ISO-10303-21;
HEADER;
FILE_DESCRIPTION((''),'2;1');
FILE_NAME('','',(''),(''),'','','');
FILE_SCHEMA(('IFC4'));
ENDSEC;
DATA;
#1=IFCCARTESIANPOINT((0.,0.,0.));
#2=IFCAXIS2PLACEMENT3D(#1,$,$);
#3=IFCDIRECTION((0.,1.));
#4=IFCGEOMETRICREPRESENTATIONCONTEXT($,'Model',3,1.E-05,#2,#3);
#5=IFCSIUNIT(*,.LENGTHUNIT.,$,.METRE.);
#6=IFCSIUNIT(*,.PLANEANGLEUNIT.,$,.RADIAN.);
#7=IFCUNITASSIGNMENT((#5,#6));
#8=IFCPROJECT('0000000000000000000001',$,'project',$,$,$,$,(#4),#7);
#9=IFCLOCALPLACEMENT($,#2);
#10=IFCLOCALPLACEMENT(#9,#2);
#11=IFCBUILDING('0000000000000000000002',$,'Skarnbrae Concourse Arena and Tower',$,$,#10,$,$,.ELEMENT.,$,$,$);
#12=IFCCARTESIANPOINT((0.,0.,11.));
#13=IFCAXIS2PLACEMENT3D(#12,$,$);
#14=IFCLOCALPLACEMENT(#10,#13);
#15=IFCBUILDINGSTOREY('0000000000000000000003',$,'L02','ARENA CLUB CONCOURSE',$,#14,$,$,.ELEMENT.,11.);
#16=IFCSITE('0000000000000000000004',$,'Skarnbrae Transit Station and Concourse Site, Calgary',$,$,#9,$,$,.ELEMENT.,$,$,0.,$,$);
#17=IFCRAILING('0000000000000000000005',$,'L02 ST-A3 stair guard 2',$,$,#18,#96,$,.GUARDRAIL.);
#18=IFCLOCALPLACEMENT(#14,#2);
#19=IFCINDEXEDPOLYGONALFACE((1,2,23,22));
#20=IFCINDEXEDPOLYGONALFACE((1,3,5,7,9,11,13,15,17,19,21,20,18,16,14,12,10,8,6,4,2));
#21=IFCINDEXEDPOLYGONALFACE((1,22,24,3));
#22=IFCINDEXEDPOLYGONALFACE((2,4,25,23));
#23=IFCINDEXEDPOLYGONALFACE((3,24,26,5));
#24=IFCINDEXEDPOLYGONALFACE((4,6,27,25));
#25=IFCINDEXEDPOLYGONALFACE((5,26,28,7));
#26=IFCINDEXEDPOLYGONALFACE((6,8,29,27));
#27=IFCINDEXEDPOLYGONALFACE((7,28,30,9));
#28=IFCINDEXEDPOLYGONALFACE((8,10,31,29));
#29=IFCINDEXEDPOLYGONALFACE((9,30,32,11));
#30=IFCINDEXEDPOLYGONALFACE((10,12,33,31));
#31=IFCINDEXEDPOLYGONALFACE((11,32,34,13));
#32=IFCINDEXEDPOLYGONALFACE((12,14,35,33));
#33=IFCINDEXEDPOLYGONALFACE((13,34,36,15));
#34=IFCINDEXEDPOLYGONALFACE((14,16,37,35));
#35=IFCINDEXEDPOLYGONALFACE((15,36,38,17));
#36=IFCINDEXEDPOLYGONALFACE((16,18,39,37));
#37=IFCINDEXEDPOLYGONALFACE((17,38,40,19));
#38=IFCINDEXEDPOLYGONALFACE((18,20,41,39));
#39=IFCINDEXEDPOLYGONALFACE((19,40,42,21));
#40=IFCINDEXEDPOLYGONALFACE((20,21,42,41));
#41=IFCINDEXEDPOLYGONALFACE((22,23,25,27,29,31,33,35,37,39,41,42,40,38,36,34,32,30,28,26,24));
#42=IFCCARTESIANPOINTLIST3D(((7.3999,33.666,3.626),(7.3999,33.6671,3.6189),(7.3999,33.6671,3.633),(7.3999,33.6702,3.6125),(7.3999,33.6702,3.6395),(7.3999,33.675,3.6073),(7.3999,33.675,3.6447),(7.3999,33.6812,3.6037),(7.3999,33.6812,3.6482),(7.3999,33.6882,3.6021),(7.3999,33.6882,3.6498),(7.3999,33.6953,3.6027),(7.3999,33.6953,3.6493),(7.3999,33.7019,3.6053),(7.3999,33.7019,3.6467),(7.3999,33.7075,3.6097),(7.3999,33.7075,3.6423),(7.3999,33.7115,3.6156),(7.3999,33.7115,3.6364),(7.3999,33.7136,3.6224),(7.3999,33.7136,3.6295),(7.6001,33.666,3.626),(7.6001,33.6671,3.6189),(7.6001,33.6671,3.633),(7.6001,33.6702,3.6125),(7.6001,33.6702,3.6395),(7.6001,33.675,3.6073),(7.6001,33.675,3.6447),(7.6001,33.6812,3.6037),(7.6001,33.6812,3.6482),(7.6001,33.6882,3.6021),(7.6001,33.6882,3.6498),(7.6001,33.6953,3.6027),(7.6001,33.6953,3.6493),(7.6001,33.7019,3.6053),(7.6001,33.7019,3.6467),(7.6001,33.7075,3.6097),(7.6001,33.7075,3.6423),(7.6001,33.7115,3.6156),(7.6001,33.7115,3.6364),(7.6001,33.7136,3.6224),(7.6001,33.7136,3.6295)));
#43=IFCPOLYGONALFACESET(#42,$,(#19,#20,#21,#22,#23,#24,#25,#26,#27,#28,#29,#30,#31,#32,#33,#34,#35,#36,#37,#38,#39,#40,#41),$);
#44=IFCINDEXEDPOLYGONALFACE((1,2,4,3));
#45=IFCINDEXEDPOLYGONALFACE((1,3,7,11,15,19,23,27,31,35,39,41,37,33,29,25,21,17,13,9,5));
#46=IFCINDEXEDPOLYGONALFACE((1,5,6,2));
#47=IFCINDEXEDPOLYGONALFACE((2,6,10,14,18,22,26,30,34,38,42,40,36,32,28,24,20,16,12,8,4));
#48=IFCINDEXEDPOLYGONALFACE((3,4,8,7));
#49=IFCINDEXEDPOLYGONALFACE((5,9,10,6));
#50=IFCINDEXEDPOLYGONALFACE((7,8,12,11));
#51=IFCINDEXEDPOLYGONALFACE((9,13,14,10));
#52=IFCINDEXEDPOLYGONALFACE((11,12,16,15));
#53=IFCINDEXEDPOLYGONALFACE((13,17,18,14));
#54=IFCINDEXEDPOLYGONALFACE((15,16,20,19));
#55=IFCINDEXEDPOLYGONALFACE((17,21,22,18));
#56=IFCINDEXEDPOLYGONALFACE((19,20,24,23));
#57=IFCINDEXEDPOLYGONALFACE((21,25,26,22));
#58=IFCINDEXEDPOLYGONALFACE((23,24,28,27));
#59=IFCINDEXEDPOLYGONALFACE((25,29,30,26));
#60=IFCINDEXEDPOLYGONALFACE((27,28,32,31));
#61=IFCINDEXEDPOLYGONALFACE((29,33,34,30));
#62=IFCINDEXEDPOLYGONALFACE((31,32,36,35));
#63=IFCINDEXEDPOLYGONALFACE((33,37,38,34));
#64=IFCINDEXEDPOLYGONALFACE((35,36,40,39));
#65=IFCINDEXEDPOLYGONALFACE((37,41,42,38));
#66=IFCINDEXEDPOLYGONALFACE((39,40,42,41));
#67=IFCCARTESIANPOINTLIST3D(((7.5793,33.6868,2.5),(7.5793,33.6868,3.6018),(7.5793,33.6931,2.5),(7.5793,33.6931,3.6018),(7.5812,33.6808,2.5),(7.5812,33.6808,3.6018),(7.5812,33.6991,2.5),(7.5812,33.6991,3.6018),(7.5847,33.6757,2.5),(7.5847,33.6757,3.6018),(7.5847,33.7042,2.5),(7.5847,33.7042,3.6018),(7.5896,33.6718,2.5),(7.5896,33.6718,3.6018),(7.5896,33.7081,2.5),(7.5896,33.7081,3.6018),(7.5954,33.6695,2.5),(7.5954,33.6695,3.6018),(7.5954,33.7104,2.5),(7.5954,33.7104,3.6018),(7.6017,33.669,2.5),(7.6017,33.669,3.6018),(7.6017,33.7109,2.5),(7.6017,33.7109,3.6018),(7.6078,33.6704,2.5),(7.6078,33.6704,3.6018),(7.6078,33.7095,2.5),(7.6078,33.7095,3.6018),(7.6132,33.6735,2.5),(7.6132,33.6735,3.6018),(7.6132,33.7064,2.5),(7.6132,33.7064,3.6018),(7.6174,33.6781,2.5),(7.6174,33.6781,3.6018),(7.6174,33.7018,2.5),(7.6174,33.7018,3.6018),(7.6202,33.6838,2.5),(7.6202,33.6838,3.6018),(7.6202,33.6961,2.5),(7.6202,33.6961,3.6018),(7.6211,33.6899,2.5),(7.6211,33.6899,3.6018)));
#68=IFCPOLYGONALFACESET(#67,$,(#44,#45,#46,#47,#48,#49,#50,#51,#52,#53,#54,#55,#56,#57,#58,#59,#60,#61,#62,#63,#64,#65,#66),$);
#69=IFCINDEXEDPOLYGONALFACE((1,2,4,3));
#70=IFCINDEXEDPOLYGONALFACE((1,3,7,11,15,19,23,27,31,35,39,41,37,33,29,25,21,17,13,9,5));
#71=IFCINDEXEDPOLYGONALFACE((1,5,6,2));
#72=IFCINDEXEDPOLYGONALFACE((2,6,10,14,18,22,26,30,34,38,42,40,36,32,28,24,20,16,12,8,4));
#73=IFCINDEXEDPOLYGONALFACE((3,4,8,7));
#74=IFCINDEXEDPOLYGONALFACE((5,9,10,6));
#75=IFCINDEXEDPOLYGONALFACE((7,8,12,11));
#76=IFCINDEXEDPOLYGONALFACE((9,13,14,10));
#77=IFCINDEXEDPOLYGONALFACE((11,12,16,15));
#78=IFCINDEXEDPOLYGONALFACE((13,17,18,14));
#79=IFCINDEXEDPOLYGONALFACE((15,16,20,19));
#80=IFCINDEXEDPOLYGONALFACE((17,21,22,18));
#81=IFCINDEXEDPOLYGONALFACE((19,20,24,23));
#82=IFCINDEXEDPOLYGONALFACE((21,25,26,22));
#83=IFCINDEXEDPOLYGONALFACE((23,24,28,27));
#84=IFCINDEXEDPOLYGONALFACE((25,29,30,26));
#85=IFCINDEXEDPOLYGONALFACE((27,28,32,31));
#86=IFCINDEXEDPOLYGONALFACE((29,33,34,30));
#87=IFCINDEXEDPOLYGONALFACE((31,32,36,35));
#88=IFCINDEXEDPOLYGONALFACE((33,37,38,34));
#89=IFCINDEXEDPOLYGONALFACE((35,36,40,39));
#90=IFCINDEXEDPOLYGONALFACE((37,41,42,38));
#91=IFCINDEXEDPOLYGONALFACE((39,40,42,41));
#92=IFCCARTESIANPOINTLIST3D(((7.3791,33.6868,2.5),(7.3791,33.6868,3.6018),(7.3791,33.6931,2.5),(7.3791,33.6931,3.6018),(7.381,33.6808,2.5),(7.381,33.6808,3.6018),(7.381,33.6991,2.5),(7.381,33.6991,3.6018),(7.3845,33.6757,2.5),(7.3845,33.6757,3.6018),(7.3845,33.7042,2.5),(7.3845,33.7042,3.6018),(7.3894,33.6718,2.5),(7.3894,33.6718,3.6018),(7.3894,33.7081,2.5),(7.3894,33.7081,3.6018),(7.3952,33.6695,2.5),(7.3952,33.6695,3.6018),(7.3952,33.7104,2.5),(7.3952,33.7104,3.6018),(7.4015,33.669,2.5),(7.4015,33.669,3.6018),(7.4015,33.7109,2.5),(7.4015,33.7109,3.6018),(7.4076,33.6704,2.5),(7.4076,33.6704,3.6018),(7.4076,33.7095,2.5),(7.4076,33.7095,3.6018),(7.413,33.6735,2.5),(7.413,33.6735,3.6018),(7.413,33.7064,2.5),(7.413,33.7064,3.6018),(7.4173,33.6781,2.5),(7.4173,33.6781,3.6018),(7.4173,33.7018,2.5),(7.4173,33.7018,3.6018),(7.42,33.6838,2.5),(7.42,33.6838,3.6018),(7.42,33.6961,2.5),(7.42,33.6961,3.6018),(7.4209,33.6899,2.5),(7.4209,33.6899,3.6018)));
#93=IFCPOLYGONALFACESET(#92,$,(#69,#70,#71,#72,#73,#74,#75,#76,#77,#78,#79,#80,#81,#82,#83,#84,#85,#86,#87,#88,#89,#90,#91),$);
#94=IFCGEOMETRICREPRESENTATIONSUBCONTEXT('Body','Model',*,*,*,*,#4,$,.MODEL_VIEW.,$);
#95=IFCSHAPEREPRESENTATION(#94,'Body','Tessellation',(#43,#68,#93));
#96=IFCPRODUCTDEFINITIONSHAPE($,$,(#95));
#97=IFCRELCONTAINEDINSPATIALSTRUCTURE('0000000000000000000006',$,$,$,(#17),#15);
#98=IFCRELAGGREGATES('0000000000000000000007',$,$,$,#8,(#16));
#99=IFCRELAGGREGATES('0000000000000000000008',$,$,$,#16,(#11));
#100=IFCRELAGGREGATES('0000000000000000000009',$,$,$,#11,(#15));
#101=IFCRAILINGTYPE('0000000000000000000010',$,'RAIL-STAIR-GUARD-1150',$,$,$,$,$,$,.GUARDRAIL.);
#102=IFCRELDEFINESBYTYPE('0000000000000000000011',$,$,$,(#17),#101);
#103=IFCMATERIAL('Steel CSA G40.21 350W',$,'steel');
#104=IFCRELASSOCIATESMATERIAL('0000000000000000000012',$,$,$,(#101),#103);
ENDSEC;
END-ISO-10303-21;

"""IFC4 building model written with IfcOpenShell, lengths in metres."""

from ifc_helpers import new_model, si_unit, direction, frame, origin, origin_2d, place, context, subcontext, project, spatial, circle, extrude, material, type_object, element, save


model = new_model("IFC4")

# Units and contexts
model_context = context("Model", 3, precision=1e-05, world=origin(), true_north=direction((0.0, 1.0)))
body_context = subcontext(model_context, "Body", "Model", "MODEL_VIEW")
ifc_project = project(units=[si_unit("LENGTHUNIT", "METRE"), si_unit("PLANEANGLEUNIT", "RADIAN")], contexts=[model_context])

# Site, building, storey
site_placement = place(None, origin())
site = spatial("IfcSite", under=ifc_project, at=site_placement, Name="Skarnbrae Transit Station and Concourse Site, Calgary", CompositionType="ELEMENT", RefElevation=0.0)
building_placement = place(site_placement, origin())
building = spatial("IfcBuilding", under=site, at=building_placement, Name="Skarnbrae Concourse Arena and Tower", CompositionType="ELEMENT")
storey_placement = place(building_placement, frame((0.0, 0.0, 11.0)))
storey = spatial("IfcBuildingStorey", under=building, at=storey_placement, Name="L02", Description="ARENA CLUB CONCOURSE", CompositionType="ELEMENT", Elevation=11.0)

# Shared definitions
ifc_material_1 = material(Name="Steel CSA G40.21 350W", Category="steel")

# Railing
railing_type_1 = type_object("IfcRailingType", Name="RAIL-STAIR-GUARD-1150", PredefinedType="GUARDRAIL", material=ifc_material_1)
railing_1_placement = place(storey_placement, frame((7.6001, 33.6899, 2.5)))
element("IfcRailing", 1, at=railing_1_placement, inside=storey, type_object=railing_type_1, Name="L02 ST-A3 stair guard 2", PredefinedType="GUARDRAIL", context=body_context, shape_type="SweptSolid", body=[
    extrude(circle(Radius=0.0239, at=origin_2d()), frame((0.0, 0.0, 1.126), z_axis=(-1.0, 0.0, 0.0), x_axis=(0.0, -1.0, 0.0)), (0.0, 0.0, 1.0), 0.2002),
    extrude(circle(Radius=0.021, at=origin_2d()), origin(), (0.0, 0.0, 1.0), 1.1018),
    extrude(circle(Radius=0.021, at=origin_2d()), frame((-0.2002, 0.0, 0.0)), (0.0, 0.0, 1.0), 1.1018),
])

save(model, "model.ifc")
